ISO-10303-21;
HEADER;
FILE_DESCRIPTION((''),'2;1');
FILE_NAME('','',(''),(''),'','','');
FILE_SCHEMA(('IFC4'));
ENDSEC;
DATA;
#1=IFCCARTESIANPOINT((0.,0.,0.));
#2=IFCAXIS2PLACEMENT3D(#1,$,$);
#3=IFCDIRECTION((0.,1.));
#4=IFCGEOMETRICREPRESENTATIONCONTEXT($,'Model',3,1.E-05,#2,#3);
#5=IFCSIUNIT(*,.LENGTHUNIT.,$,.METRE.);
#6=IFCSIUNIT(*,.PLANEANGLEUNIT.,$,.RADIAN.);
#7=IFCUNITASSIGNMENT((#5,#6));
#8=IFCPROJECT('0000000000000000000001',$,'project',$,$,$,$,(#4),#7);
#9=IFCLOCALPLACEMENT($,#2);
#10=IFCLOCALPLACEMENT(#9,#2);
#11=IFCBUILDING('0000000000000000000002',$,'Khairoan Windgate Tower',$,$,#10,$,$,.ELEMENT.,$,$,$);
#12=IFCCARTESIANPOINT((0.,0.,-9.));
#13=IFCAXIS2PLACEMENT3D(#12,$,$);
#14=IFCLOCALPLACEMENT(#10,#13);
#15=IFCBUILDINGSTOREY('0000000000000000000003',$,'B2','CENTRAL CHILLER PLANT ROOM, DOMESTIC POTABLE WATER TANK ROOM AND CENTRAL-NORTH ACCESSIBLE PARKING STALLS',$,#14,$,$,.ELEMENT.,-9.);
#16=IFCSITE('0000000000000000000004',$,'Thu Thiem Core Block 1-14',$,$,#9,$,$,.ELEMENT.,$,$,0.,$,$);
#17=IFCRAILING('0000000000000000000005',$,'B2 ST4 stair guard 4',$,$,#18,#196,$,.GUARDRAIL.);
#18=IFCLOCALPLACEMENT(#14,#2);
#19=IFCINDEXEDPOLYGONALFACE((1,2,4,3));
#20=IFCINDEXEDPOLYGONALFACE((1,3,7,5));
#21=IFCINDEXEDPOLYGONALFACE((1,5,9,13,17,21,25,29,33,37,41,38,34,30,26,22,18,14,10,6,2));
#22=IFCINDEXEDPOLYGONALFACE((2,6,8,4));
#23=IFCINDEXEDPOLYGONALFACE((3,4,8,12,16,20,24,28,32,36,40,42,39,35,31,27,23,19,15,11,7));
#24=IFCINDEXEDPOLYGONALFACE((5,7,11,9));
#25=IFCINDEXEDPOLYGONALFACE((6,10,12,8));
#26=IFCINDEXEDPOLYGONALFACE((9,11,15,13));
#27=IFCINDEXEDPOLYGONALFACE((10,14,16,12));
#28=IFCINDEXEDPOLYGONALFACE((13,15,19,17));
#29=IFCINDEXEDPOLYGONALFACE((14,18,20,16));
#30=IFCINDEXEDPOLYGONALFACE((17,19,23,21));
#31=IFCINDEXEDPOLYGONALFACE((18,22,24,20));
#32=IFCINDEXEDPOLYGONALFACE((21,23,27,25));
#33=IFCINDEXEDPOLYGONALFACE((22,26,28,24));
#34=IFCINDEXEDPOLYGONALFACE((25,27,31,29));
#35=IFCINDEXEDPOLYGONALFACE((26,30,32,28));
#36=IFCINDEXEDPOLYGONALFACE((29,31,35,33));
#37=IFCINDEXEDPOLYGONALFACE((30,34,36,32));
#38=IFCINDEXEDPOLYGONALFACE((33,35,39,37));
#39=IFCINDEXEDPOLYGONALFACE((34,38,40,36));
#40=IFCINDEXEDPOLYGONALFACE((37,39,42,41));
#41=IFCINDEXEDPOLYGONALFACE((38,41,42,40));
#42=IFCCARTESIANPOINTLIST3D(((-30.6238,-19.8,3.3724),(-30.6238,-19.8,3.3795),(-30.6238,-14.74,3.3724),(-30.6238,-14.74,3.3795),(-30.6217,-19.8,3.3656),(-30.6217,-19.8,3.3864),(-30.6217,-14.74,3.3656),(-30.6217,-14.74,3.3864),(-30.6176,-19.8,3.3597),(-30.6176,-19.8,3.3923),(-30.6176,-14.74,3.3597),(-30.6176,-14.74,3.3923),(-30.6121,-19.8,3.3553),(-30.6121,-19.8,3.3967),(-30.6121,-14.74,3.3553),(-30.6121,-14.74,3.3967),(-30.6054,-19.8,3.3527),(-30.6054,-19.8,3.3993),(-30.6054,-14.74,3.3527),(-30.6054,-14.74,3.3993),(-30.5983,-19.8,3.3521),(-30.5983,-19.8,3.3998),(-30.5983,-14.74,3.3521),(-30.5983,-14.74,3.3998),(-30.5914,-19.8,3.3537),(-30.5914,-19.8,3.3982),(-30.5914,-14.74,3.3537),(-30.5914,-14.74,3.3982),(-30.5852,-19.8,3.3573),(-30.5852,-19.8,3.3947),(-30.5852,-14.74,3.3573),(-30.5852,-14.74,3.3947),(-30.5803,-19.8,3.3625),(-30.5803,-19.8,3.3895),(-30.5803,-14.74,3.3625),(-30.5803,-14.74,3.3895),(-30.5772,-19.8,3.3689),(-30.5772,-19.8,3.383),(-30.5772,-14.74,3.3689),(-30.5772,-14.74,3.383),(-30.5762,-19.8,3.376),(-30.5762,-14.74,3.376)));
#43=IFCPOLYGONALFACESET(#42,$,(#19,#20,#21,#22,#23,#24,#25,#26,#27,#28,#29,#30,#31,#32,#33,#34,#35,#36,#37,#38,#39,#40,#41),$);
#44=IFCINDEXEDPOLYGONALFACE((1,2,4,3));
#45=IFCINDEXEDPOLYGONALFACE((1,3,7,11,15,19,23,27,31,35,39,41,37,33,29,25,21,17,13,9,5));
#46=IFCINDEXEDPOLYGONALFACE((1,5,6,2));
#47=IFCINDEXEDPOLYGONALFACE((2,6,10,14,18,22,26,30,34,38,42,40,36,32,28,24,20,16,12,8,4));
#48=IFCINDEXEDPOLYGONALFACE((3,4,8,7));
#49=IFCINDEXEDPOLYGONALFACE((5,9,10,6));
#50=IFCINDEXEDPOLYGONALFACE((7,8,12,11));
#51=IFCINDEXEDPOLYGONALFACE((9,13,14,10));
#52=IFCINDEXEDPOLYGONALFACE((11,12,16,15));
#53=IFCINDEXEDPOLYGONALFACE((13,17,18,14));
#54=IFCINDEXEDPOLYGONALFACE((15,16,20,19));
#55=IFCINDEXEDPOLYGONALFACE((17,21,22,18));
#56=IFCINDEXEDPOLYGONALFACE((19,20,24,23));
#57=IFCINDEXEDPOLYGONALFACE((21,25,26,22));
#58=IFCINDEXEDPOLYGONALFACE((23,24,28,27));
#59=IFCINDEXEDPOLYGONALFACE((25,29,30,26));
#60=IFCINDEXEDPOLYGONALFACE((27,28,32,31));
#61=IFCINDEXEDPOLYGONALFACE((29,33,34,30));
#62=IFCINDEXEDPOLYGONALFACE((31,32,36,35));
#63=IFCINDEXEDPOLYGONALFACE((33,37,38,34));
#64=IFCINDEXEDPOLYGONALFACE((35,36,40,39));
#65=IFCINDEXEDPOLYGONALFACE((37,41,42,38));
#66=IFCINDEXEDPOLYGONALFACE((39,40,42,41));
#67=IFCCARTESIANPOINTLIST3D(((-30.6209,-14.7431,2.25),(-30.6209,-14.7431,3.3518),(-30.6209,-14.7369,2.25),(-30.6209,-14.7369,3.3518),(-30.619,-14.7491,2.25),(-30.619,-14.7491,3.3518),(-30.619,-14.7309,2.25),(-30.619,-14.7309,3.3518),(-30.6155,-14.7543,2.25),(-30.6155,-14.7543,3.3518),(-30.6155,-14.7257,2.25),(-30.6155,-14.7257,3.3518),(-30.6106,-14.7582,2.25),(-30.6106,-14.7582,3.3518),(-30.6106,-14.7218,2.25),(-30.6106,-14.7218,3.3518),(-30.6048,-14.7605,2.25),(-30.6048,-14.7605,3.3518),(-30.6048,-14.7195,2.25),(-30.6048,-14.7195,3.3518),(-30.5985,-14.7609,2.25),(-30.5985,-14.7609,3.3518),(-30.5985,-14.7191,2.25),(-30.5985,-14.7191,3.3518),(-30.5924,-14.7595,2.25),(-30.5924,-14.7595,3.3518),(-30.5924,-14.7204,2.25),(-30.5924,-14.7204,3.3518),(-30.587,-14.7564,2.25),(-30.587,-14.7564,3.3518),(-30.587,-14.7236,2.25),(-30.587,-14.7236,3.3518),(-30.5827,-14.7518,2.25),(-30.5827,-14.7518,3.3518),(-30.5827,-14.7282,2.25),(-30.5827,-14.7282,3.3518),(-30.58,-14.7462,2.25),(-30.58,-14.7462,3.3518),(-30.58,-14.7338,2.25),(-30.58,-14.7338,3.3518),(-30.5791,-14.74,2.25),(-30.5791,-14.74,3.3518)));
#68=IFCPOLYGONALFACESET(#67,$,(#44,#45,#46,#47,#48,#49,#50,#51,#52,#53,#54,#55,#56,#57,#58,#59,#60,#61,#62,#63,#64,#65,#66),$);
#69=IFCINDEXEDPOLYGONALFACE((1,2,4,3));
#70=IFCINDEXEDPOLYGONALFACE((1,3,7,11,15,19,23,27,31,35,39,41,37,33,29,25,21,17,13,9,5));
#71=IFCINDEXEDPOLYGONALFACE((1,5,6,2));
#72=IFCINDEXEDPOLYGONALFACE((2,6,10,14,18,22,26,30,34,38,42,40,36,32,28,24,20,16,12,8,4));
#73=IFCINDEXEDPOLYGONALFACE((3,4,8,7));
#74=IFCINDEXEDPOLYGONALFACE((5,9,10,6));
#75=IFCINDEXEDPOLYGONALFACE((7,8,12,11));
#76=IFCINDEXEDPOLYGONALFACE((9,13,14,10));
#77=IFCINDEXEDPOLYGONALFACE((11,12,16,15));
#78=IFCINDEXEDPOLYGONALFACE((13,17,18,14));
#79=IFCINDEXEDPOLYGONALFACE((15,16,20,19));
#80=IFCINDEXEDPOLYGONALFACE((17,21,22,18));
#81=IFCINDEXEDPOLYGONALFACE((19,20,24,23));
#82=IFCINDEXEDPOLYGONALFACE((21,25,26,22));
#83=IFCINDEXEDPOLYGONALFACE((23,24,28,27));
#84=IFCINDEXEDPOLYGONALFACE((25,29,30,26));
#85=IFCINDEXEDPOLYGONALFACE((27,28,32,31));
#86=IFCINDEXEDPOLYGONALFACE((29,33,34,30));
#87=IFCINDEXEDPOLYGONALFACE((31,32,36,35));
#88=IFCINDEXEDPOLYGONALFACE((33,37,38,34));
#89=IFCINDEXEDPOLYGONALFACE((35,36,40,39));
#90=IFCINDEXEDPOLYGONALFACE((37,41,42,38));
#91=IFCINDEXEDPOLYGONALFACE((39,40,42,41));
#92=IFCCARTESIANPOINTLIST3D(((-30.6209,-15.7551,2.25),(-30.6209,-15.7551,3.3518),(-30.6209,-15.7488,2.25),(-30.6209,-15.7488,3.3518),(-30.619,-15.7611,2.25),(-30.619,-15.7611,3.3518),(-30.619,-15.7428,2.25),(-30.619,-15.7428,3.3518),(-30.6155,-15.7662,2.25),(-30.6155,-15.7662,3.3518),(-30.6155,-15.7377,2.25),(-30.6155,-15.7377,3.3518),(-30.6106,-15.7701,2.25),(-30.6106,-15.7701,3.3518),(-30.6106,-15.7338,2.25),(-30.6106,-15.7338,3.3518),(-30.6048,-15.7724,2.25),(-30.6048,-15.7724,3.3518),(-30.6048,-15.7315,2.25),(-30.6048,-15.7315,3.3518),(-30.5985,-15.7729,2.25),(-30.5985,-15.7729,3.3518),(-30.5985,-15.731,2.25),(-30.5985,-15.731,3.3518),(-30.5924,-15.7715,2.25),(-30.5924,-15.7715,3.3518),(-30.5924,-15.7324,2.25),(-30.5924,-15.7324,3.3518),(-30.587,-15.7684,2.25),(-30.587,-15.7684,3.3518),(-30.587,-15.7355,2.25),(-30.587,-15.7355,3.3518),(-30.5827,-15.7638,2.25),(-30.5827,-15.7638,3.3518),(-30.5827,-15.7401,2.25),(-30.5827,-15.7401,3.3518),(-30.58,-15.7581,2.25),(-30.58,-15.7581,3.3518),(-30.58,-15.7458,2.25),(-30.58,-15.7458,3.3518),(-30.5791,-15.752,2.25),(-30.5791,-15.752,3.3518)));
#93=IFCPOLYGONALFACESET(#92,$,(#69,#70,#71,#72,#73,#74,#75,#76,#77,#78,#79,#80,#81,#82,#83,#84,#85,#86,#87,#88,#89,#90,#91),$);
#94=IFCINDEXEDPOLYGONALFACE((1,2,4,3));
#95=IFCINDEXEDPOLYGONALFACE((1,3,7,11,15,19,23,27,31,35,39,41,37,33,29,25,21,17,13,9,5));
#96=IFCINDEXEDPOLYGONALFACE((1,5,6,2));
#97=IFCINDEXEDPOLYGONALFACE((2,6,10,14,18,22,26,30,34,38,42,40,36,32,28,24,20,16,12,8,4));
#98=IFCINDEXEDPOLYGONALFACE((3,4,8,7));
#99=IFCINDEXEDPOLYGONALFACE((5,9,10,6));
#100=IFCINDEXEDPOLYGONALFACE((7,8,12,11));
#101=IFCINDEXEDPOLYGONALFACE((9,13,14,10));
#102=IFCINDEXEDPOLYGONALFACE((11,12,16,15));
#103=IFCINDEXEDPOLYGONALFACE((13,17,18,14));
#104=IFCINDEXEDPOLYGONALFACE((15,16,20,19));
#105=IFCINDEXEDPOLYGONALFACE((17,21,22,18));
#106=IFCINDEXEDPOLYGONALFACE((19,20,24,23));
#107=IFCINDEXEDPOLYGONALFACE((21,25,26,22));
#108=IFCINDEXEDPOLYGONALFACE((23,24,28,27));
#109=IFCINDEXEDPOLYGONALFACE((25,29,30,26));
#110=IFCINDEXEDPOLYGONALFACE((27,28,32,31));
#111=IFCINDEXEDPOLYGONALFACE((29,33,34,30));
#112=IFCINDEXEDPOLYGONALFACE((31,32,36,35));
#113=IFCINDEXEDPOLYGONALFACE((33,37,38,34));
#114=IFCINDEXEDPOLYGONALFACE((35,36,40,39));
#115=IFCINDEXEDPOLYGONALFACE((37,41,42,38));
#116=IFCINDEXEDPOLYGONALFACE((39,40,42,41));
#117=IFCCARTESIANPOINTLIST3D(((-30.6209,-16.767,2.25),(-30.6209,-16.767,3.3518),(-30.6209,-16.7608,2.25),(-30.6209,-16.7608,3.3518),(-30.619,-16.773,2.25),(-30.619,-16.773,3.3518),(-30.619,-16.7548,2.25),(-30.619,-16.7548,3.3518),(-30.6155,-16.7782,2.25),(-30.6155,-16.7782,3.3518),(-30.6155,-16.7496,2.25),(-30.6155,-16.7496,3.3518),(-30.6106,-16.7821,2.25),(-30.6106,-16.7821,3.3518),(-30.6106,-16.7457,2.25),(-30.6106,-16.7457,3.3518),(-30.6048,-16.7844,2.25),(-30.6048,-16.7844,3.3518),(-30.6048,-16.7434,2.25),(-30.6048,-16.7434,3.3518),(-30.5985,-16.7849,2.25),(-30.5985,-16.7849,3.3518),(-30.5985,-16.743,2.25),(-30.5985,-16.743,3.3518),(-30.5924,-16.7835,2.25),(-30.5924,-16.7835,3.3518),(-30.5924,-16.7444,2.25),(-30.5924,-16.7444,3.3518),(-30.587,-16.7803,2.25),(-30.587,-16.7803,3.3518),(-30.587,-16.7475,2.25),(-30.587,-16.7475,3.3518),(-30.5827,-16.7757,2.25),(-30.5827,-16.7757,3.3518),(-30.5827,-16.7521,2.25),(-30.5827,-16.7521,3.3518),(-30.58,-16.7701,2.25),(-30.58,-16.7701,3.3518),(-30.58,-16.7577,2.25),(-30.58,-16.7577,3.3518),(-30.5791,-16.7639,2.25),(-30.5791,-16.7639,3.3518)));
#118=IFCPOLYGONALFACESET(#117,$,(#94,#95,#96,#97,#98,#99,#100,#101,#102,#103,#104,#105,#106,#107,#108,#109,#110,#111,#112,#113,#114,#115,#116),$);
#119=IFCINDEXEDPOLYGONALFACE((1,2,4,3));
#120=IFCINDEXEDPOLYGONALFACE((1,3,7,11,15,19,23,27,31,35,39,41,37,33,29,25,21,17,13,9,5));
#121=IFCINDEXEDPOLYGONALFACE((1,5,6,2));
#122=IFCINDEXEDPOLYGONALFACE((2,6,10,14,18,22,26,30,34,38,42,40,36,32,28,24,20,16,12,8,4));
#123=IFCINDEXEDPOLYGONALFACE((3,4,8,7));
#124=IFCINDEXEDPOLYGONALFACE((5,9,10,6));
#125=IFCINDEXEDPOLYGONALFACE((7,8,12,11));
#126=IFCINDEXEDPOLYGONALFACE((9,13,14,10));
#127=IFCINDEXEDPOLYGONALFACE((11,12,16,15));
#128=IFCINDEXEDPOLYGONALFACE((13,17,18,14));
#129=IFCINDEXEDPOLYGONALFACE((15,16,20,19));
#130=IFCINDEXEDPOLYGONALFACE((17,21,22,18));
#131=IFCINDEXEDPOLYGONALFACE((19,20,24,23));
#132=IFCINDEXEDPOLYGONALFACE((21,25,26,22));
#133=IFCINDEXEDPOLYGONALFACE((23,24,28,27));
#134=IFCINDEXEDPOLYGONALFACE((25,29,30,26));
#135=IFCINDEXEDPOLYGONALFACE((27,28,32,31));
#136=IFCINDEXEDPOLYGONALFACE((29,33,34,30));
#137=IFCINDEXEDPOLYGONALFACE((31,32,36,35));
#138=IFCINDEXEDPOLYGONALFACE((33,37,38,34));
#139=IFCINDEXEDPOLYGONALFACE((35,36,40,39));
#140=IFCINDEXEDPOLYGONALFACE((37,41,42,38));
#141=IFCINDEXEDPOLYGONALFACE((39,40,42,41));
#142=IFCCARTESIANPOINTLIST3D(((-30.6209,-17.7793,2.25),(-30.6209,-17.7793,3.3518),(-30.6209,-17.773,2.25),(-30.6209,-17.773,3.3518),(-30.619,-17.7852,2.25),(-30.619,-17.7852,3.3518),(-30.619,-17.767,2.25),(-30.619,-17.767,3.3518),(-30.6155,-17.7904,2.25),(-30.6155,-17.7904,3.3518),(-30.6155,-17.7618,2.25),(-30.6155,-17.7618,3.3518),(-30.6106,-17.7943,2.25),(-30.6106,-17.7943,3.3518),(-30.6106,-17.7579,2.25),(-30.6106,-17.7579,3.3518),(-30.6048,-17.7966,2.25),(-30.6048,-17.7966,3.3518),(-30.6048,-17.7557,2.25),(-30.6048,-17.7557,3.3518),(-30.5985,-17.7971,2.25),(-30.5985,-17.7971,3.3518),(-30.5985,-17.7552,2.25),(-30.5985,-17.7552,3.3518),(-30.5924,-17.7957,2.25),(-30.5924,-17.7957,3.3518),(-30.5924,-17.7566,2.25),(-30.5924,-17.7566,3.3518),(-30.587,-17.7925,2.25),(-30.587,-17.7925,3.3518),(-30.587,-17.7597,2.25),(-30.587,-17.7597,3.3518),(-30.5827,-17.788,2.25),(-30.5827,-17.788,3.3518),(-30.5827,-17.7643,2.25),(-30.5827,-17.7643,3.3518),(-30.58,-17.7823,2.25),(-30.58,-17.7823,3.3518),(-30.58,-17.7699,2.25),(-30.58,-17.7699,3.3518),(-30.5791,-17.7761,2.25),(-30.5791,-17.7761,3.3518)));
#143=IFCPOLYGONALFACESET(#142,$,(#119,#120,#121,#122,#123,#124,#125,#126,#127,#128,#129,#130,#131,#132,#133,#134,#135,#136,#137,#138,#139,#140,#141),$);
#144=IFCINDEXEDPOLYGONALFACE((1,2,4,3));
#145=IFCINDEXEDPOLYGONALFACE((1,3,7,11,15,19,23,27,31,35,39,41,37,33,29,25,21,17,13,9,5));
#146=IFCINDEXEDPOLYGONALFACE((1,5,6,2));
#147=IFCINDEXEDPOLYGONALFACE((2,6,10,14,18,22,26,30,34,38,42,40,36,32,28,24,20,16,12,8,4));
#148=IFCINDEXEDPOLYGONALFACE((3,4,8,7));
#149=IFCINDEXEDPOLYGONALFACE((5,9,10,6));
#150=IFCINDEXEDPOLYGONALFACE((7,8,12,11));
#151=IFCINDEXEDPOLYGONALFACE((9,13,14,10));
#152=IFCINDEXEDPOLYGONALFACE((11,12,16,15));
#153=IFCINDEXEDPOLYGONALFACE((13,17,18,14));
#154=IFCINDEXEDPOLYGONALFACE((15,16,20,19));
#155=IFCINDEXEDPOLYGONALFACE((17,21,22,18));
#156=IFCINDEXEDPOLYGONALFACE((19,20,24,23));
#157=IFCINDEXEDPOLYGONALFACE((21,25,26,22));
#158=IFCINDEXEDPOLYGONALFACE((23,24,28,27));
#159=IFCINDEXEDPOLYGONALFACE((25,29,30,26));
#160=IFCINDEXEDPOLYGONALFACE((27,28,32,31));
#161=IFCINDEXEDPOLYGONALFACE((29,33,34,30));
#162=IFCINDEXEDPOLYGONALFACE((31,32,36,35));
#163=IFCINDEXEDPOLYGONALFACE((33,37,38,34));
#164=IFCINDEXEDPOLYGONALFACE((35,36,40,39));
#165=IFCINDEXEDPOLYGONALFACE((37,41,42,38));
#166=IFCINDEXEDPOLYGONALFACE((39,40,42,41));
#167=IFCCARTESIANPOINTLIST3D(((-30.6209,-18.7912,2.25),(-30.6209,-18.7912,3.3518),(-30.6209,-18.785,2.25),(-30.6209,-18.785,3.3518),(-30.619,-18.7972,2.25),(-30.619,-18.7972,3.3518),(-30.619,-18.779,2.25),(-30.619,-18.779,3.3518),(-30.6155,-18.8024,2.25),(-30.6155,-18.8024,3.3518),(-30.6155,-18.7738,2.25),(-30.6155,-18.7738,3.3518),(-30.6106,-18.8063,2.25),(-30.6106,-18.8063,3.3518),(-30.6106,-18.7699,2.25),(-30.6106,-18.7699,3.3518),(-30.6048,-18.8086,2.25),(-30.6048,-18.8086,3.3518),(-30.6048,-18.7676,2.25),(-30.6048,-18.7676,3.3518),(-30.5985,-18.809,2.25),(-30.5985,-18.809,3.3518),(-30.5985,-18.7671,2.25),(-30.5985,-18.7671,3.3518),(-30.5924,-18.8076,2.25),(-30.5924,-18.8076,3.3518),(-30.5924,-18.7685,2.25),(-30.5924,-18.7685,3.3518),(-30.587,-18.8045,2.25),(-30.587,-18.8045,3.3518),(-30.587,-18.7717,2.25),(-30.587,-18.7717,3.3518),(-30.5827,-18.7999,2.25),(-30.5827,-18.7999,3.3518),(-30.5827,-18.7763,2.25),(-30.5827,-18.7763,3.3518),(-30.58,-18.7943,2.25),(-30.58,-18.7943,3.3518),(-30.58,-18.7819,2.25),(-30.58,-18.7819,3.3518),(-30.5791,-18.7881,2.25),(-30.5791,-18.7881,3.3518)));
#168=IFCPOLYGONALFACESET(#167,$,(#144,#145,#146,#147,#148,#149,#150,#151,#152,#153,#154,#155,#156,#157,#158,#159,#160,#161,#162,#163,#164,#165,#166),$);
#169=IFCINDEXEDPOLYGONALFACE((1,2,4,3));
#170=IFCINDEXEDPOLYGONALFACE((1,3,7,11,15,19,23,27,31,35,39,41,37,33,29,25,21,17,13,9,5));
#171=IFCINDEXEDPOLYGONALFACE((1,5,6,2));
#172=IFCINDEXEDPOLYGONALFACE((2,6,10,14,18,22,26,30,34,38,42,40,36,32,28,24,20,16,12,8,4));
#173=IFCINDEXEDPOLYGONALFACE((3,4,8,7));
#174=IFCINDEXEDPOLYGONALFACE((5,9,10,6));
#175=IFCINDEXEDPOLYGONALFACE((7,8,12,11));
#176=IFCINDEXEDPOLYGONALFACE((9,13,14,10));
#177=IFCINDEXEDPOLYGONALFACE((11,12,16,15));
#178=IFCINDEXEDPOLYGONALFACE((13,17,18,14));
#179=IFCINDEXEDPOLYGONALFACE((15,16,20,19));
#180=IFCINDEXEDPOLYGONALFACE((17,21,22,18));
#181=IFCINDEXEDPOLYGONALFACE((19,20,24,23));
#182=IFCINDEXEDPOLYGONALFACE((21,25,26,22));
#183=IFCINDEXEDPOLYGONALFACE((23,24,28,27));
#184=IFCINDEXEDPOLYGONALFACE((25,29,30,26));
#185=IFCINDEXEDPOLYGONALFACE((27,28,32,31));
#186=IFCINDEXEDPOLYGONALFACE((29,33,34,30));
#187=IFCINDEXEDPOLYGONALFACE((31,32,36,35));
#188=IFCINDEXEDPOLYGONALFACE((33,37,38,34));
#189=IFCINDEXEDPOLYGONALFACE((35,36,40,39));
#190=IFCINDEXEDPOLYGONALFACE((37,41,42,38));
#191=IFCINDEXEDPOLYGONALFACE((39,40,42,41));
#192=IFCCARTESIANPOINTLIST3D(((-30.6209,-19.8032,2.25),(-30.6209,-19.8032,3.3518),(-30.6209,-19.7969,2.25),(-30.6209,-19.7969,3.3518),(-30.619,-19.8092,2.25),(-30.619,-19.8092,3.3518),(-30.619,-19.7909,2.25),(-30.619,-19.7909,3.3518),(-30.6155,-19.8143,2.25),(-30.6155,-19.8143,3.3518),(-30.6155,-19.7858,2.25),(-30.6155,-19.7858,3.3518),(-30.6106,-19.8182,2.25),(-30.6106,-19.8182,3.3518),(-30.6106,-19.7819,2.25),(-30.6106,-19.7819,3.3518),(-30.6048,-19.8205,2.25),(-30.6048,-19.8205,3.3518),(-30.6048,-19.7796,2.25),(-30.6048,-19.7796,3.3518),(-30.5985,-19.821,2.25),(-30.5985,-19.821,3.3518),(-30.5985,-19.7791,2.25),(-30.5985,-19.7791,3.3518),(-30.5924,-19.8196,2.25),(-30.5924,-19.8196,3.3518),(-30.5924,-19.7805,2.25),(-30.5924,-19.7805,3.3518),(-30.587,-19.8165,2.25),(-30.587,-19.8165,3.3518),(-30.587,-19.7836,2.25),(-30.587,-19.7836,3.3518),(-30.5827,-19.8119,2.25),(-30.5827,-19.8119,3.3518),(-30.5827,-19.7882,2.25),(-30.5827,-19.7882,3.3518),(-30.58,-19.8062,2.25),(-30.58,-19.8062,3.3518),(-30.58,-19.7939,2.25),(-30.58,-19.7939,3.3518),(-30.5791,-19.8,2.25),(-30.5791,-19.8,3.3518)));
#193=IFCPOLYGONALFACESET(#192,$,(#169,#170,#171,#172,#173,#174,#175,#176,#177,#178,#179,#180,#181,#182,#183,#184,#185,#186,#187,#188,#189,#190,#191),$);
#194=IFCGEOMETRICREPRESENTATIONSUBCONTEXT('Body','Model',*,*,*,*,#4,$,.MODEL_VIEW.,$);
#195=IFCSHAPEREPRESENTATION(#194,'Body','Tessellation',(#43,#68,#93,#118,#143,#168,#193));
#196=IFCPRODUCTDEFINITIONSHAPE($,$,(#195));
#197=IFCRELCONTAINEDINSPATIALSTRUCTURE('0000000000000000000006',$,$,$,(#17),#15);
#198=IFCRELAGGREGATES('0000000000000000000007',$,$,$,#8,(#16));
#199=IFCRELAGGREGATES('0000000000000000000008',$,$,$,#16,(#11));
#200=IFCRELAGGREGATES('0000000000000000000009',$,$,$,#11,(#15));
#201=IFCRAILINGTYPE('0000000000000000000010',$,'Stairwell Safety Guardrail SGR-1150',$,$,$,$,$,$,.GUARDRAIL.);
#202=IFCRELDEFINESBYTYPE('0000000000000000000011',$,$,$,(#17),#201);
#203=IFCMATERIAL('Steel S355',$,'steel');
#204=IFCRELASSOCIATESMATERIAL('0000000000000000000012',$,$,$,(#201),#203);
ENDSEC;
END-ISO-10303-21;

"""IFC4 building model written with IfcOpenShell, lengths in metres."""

from ifc_helpers import new_model, si_unit, direction, frame, origin, origin_2d, place, context, subcontext, project, spatial, circle, extrude, material, type_object, element, save


model = new_model("IFC4")

# Units and contexts
model_context = context("Model", 3, precision=1e-05, world=origin(), true_north=direction((0.0, 1.0)))
body_context = subcontext(model_context, "Body", "Model", "MODEL_VIEW")
ifc_project = project(units=[si_unit("LENGTHUNIT", "METRE"), si_unit("PLANEANGLEUNIT", "RADIAN")], contexts=[model_context])

# Site, building, storey
site_placement = place(None, origin())
site = spatial("IfcSite", under=ifc_project, at=site_placement, Name="Thu Thiem Core Block 1-14", CompositionType="ELEMENT", RefElevation=0.0)
building_placement = place(site_placement, origin())
building = spatial("IfcBuilding", under=site, at=building_placement, Name="Khairoan Windgate Tower", CompositionType="ELEMENT")
storey_placement = place(building_placement, frame((0.0, 0.0, -9.0)))
storey = spatial("IfcBuildingStorey", under=building, at=storey_placement, Name="B2", Description="CENTRAL CHILLER PLANT ROOM, DOMESTIC POTABLE WATER TANK ROOM AND CENTRAL-NORTH ACCESSIBLE PARKING STALLS", CompositionType="ELEMENT", Elevation=-9.0)

# Railing
ifc_material_1 = material(Name="Steel S355", Category="steel")
railing_type_1 = type_object("IfcRailingType", Name="Stairwell Safety Guardrail SGR-1150", PredefinedType="GUARDRAIL", material=ifc_material_1)
for number, where, name in (
    (1, (-30.6001, -14.74, 2.25), "B2 ST4 stair guard 4"),
):
    element("IfcRailing", number, at=place(storey_placement, frame(where)), inside=storey, type_object=railing_type_1, Name=name, PredefinedType="GUARDRAIL", context=body_context, shape_type="SweptSolid", body=[
        extrude(circle(Radius=0.0239, at=origin_2d()), frame((0.0, 0.0, 1.126), z_axis=(0.0, -1.0, 0.0), x_axis=(1.0, 0.0, 0.0)), (0.0, 0.0, 1.0), 5.0601),
        extrude(circle(Radius=0.021, at=origin_2d()), origin(), (0.0, 0.0, 1.0), 1.1018),
        extrude(circle(Radius=0.021, at=origin_2d()), frame((0.0, -1.012, 0.0)), (0.0, 0.0, 1.0), 1.1018),
        extrude(circle(Radius=0.021, at=origin_2d()), frame((0.0, -2.0239, 0.0)), (0.0, 0.0, 1.0), 1.1018),
        extrude(circle(Radius=0.021, at=origin_2d()), frame((0.0, -3.0361, 0.0)), (0.0, 0.0, 1.0), 1.1018),
        extrude(circle(Radius=0.021, at=origin_2d()), frame((0.0, -4.0481, 0.0)), (0.0, 0.0, 1.0), 1.1018),
        extrude(circle(Radius=0.021, at=origin_2d()), frame((0.0, -5.0601, 0.0)), (0.0, 0.0, 1.0), 1.1018),
    ])

save(model, "model.ifc")
